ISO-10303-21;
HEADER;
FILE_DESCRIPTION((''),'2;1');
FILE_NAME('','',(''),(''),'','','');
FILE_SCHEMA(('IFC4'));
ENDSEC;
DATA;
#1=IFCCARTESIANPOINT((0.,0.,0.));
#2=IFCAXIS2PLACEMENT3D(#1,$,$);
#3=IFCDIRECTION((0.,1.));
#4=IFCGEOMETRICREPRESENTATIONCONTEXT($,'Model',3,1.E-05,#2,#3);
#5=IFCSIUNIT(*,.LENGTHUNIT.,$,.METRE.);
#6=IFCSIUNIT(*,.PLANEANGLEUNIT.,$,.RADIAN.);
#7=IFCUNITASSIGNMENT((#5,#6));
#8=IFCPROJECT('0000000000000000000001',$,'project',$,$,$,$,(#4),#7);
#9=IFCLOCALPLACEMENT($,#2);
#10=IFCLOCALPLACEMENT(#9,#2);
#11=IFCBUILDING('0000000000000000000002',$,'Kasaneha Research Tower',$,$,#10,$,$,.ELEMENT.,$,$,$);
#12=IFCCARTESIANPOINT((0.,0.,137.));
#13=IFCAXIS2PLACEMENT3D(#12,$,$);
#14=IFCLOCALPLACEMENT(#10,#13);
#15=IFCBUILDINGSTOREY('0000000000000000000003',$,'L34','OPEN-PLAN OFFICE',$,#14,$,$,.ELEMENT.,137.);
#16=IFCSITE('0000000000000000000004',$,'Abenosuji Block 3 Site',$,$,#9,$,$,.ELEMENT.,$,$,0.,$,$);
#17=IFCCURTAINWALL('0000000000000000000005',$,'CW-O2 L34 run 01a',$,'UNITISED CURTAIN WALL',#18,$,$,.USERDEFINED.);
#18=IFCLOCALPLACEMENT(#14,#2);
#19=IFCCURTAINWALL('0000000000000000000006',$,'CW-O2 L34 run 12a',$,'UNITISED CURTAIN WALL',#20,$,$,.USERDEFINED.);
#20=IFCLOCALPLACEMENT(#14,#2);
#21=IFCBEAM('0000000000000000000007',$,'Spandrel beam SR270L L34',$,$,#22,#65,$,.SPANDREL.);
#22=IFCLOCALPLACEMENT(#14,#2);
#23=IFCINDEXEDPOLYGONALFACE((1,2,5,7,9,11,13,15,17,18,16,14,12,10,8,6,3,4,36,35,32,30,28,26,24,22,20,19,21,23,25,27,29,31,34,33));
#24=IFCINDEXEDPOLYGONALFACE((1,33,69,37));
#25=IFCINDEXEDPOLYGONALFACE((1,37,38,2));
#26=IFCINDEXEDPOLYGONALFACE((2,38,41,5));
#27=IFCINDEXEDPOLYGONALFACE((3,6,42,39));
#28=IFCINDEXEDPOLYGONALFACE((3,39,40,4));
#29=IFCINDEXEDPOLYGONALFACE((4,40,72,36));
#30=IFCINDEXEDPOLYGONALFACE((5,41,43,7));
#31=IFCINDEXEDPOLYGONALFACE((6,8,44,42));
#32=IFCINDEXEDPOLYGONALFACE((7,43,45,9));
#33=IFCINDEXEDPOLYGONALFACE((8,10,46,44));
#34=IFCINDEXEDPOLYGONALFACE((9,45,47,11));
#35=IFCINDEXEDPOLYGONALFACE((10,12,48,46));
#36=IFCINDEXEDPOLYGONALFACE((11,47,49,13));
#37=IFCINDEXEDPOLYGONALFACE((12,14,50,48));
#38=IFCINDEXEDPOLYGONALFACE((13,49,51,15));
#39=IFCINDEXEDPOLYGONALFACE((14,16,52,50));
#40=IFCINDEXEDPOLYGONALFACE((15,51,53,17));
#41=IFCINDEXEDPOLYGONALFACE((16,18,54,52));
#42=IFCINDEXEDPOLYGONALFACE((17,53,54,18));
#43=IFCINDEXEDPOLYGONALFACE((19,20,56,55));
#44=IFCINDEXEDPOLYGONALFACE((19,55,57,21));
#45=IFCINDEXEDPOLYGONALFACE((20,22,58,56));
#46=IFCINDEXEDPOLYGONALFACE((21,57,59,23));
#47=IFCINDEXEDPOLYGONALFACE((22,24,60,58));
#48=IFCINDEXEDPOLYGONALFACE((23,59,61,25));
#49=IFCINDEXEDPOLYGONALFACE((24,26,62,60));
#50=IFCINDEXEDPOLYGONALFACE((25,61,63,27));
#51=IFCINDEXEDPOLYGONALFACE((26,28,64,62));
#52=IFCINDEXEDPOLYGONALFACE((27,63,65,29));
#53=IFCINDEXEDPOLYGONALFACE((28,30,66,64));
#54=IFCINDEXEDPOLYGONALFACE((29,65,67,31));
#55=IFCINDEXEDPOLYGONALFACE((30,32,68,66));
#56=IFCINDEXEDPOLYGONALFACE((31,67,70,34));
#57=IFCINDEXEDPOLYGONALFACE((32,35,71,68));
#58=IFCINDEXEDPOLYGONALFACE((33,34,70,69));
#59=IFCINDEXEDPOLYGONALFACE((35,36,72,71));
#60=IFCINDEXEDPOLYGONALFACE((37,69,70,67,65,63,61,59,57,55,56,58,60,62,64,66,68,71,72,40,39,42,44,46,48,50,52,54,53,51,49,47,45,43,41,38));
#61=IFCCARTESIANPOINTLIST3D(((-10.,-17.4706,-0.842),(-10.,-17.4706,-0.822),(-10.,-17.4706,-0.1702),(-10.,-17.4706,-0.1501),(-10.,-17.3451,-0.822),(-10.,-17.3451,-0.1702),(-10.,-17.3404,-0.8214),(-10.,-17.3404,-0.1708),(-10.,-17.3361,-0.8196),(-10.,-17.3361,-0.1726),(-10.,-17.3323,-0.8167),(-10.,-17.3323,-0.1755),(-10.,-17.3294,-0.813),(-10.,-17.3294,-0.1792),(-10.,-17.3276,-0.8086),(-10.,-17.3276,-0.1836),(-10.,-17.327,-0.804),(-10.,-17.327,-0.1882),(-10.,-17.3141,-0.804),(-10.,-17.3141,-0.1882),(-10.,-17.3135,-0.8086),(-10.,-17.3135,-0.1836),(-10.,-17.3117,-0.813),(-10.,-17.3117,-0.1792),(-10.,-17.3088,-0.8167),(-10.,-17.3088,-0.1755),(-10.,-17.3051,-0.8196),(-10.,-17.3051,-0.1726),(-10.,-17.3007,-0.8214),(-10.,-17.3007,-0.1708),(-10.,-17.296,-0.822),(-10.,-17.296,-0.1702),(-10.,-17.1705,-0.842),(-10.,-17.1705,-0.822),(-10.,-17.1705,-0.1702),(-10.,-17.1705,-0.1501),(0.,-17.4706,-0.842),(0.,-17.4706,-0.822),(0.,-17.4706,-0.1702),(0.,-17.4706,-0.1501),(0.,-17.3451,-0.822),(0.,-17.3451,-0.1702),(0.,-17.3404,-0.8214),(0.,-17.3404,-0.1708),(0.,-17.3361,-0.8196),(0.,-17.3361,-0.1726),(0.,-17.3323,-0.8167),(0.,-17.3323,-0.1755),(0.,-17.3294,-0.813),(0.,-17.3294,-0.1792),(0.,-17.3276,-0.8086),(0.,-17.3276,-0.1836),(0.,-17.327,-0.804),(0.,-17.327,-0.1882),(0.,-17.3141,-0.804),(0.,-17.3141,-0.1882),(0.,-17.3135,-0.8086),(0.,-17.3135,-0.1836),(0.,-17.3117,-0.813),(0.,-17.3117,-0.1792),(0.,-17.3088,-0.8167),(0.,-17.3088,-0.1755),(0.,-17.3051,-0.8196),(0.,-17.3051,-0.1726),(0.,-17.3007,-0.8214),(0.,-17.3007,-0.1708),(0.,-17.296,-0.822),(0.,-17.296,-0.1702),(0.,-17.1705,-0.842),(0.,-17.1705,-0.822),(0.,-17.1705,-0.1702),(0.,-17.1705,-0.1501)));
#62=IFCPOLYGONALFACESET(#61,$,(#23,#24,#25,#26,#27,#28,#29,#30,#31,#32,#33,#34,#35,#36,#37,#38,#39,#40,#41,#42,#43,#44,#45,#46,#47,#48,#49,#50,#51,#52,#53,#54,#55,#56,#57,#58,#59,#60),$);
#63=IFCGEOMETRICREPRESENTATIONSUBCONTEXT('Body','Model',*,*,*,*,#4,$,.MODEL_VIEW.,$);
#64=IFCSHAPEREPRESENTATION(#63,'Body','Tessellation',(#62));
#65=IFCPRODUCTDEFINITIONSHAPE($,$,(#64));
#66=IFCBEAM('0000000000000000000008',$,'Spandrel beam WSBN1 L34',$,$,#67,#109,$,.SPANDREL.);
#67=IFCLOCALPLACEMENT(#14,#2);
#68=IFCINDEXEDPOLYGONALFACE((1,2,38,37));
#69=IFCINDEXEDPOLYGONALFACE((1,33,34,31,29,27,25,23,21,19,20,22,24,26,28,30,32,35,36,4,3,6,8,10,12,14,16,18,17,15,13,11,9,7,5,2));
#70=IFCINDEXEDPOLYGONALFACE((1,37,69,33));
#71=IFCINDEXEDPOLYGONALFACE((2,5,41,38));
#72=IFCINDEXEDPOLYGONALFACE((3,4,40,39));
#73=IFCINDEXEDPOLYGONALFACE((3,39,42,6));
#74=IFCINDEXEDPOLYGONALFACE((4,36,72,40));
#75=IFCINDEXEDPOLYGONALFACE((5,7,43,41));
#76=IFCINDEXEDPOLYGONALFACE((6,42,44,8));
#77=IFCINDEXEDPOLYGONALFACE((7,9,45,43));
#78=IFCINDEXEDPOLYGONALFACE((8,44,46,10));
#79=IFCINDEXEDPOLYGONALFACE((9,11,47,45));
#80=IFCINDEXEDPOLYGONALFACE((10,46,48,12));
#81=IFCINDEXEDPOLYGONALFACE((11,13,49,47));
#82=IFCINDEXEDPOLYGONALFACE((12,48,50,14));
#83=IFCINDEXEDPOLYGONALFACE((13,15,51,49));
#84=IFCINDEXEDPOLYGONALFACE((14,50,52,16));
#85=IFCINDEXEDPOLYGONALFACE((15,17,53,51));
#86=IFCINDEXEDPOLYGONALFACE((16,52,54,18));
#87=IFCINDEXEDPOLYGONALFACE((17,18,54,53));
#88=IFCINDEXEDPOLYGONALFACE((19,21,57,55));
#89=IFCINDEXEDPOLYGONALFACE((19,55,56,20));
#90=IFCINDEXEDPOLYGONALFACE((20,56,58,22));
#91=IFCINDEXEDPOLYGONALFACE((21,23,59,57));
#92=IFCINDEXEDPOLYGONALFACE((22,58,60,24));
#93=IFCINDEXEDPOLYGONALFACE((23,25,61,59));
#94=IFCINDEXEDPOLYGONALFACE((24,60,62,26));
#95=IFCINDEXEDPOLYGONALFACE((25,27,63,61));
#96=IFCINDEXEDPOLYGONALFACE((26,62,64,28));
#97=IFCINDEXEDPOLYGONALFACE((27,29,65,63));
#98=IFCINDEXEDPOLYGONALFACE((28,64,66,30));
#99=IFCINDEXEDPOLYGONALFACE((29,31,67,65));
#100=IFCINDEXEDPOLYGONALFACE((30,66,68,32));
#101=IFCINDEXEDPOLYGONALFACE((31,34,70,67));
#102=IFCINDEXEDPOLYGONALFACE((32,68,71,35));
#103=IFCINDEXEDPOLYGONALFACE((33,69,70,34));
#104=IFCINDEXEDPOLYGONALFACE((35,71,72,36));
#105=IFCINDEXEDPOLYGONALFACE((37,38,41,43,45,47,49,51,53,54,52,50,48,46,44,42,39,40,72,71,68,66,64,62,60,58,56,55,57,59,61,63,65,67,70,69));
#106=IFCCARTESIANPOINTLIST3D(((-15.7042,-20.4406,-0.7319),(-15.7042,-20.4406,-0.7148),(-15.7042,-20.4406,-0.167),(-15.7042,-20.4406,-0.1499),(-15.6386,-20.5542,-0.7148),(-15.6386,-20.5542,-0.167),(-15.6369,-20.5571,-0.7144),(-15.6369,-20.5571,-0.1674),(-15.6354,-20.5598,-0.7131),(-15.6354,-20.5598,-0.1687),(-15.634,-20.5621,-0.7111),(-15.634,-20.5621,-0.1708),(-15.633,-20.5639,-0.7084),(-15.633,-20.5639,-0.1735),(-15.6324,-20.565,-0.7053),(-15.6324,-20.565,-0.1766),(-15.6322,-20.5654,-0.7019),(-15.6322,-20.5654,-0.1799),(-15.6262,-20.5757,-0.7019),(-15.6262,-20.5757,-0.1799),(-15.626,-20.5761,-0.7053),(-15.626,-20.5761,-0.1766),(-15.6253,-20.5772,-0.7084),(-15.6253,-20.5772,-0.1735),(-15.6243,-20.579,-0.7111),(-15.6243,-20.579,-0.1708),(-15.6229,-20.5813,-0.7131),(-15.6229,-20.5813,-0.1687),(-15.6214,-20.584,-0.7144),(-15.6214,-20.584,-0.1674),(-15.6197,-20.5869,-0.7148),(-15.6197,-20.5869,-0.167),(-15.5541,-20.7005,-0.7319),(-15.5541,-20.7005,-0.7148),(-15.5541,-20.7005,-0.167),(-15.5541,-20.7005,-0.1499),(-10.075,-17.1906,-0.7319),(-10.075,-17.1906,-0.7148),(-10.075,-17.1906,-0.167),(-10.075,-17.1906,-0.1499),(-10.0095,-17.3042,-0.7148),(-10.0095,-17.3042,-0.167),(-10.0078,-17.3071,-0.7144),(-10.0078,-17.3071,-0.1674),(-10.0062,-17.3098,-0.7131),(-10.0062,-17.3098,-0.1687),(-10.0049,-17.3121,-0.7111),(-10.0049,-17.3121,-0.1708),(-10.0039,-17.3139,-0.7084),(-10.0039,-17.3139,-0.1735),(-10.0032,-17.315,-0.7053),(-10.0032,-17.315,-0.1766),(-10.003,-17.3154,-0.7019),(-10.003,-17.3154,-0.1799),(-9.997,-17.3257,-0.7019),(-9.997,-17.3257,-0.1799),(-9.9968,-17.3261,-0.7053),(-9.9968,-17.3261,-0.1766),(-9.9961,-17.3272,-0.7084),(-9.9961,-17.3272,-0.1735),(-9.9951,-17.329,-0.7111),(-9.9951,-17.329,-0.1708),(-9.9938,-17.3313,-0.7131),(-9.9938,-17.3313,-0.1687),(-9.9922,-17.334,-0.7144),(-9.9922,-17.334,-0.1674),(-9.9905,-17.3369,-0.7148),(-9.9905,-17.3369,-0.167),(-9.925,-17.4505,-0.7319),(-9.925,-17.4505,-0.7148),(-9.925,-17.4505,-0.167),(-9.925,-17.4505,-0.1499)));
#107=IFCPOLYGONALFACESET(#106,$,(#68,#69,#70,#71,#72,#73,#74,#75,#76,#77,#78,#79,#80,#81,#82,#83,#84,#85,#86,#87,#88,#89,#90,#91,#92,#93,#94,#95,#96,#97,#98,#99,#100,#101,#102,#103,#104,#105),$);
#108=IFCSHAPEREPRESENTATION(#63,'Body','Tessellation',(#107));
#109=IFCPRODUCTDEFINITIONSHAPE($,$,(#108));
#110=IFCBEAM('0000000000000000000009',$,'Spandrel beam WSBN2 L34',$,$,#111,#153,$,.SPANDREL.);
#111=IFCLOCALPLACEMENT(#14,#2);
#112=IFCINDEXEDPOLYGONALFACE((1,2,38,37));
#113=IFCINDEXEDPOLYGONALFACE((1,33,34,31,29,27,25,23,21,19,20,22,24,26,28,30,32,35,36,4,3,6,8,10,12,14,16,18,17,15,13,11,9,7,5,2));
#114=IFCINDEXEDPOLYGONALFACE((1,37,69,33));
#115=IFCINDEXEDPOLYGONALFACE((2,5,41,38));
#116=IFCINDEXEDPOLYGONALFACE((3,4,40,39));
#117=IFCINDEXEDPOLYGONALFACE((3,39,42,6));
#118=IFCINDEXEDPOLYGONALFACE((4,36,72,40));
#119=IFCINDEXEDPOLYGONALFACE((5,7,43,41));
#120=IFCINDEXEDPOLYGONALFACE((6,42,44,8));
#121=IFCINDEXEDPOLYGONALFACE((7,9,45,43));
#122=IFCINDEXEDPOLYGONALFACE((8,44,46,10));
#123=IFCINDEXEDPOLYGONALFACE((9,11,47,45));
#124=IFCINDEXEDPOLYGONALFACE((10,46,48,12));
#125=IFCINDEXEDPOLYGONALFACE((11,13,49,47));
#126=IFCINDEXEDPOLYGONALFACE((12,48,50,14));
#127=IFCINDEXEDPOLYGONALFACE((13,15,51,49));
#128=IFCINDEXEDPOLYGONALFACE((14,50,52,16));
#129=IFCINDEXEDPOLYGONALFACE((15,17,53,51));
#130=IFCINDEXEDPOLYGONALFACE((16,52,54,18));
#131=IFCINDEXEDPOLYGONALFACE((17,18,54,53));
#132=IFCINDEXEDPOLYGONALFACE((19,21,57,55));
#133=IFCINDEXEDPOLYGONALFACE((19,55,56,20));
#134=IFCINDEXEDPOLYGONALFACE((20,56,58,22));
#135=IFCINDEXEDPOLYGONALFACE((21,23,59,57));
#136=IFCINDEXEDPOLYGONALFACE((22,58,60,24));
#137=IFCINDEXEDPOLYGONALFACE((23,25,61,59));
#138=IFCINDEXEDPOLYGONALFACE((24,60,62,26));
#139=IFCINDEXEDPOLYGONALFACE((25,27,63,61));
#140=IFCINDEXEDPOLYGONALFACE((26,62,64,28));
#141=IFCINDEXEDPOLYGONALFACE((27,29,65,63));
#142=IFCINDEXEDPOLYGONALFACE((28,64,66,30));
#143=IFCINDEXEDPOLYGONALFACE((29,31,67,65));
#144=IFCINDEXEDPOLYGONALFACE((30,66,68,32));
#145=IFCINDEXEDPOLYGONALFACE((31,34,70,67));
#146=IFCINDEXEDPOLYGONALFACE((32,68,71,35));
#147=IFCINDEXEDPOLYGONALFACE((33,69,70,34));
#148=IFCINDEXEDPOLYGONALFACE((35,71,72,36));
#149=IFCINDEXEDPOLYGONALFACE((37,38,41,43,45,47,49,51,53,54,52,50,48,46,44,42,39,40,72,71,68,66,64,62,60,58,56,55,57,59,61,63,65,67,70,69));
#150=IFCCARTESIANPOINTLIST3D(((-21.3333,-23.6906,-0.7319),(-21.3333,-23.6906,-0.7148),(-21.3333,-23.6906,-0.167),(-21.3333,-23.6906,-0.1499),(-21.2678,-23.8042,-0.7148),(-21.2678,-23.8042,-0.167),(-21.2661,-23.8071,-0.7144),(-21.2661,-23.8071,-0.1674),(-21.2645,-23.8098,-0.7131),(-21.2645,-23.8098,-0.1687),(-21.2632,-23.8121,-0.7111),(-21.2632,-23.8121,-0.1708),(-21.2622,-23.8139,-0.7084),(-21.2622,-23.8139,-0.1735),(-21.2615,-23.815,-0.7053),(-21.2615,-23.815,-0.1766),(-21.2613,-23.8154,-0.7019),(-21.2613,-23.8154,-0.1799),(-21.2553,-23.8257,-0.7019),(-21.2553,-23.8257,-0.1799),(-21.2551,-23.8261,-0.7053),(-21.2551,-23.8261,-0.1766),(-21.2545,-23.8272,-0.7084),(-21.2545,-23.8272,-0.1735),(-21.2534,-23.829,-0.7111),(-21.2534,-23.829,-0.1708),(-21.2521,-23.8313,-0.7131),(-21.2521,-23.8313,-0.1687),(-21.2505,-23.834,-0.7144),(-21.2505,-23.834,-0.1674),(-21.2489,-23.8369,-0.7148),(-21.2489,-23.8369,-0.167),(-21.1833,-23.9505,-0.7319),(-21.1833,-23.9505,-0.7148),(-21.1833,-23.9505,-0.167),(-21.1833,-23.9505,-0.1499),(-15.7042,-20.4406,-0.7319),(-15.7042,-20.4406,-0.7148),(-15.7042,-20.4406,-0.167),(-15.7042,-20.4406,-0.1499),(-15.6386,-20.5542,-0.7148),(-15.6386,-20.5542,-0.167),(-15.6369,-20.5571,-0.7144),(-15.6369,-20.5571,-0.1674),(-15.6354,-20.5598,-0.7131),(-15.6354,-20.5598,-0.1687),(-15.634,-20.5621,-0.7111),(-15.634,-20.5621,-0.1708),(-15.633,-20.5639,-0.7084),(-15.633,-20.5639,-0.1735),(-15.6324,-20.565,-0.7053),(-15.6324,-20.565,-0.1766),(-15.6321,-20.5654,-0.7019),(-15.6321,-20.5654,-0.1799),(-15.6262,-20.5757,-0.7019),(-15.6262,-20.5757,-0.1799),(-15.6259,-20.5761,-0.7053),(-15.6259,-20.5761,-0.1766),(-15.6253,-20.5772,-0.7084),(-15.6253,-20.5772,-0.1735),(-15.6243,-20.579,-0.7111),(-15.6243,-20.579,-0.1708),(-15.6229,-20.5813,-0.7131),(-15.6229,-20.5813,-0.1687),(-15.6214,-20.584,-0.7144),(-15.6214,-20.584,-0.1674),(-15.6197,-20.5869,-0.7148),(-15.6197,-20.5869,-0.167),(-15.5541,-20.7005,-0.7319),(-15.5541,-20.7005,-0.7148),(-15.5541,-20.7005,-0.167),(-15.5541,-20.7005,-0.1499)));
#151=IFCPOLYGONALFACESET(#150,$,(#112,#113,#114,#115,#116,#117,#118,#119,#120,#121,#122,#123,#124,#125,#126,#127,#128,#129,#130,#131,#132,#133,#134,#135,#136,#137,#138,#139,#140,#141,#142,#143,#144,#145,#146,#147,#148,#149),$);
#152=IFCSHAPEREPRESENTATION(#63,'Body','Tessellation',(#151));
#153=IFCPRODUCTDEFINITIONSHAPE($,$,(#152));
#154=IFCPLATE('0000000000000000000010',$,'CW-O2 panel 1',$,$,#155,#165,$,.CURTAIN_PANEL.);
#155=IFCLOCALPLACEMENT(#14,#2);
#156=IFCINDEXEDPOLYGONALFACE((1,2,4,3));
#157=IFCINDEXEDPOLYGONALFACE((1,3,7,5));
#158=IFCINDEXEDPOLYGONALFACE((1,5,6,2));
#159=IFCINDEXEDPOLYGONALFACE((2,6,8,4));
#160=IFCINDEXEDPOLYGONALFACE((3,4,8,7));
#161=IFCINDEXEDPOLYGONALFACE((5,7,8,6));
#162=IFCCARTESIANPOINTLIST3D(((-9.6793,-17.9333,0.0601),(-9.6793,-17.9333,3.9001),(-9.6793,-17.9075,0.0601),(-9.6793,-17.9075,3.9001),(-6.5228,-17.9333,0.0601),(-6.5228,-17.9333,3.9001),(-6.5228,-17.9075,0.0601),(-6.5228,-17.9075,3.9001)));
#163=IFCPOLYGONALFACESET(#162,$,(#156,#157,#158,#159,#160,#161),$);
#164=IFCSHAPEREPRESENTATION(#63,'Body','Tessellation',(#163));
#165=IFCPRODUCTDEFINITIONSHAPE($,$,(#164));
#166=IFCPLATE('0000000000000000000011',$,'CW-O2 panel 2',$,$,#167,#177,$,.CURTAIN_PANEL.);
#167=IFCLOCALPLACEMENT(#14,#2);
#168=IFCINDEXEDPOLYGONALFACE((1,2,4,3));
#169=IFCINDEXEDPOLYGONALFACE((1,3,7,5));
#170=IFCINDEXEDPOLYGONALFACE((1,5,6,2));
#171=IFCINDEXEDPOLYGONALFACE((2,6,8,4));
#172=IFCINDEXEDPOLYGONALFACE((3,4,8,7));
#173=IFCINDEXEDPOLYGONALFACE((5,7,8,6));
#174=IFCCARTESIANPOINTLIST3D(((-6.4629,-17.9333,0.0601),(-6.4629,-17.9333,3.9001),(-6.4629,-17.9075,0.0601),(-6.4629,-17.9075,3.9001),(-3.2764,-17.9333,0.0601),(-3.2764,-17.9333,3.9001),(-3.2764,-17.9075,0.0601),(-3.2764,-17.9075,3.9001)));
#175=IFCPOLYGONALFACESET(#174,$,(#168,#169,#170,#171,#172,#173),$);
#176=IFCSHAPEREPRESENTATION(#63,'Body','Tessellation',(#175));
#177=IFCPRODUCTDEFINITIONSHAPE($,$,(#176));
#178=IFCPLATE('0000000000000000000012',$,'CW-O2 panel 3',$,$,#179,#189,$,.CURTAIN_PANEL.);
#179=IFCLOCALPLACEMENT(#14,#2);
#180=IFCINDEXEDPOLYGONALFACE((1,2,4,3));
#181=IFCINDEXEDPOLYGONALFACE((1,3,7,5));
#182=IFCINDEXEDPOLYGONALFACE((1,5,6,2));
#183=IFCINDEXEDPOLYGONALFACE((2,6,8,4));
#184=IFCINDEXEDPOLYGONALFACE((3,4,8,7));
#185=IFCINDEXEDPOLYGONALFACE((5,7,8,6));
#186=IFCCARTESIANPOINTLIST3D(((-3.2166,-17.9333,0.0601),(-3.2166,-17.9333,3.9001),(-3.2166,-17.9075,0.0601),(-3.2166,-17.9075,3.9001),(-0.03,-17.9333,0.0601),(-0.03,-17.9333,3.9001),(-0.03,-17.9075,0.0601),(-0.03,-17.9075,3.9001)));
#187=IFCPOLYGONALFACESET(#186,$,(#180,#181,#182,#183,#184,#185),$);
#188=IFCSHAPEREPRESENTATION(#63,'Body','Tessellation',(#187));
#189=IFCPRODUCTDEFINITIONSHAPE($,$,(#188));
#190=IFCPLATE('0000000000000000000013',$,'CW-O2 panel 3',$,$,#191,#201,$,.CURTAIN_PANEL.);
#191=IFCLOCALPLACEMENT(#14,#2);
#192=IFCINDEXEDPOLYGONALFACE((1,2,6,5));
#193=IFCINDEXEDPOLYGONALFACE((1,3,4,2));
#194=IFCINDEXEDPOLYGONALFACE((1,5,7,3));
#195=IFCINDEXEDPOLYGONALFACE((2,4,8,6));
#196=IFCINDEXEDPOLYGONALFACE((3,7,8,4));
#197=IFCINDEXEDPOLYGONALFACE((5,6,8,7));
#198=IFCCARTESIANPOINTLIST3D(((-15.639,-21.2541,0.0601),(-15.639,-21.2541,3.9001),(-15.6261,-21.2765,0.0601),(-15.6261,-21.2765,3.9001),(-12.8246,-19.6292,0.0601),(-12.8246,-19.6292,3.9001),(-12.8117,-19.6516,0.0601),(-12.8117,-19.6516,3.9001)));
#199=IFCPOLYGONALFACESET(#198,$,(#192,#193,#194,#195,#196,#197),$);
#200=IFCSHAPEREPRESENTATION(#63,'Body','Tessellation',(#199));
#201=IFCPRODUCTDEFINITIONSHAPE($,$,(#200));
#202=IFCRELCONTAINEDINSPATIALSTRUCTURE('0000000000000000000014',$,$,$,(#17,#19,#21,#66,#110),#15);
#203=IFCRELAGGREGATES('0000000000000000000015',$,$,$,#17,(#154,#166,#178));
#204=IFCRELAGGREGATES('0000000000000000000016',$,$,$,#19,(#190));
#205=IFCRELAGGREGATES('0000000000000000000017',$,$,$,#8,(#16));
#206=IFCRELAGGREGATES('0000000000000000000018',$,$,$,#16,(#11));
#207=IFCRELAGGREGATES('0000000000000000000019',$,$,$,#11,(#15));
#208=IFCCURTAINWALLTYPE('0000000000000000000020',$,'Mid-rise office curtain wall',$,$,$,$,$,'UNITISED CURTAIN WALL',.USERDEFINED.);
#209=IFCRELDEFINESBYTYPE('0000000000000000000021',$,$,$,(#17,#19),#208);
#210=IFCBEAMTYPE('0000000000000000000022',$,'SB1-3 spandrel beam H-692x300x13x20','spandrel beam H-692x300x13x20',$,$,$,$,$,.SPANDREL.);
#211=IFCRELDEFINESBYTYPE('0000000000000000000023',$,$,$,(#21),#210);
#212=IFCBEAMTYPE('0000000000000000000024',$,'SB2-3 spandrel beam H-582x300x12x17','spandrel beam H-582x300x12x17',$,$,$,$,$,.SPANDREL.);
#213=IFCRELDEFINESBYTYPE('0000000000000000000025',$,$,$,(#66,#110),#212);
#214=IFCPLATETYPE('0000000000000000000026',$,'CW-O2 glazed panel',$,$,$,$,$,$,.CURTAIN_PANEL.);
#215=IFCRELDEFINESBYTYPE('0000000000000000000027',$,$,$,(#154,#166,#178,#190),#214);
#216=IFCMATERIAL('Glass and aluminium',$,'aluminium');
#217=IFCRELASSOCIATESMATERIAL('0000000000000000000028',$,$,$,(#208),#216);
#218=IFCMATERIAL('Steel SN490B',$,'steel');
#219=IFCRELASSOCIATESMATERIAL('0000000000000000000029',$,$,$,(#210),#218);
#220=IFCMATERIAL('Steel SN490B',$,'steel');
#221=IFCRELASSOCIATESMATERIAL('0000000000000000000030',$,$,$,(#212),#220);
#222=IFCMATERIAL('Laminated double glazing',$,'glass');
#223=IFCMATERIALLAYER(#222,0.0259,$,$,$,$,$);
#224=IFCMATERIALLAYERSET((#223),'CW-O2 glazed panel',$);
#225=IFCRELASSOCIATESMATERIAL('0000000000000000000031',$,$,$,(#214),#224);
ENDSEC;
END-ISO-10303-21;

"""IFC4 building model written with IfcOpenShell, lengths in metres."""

from ifc_helpers import new_model, si_unit, direction, frame, origin, origin_2d, place, context, subcontext, project, spatial, rectangle, i_section, extrude, material, layer, layer_set, material_profile, profile_set, type_object, element, aggregate, save


model = new_model("IFC4")

# Units and contexts
model_context = context("Model", 3, precision=1e-05, world=origin(), true_north=direction((0.0, 1.0)))
body_context = subcontext(model_context, "Body", "Model", "MODEL_VIEW")
ifc_project = project(units=[si_unit("LENGTHUNIT", "METRE"), si_unit("PLANEANGLEUNIT", "RADIAN")], contexts=[model_context])

# Site, building, storey
site_placement = place(None, origin())
site = spatial("IfcSite", under=ifc_project, at=site_placement, Name="Abenosuji Block 3 Site", CompositionType="ELEMENT", RefElevation=0.0)
building_placement = place(site_placement, origin())
building = spatial("IfcBuilding", under=site, at=building_placement, Name="Kasaneha Research Tower", CompositionType="ELEMENT")
storey_placement = place(building_placement, frame((0.0, 0.0, 137.0)))
storey = spatial("IfcBuildingStorey", under=building, at=storey_placement, Name="L34", Description="OPEN-PLAN OFFICE", CompositionType="ELEMENT", Elevation=137.0)

# Curtain walls
ifc_material_1 = material(Name="Glass and aluminium", Category="aluminium")
curtain_wall_type = type_object("IfcCurtainWallType", Name="Mid-rise office curtain wall", ElementType="UNITISED CURTAIN WALL", PredefinedType="USERDEFINED", material=ifc_material_1)
curtain_wall_1_placement = place(storey_placement, origin())
curtain_wall_1 = element("IfcCurtainWall", 1, at=curtain_wall_1_placement, inside=storey, type_object=curtain_wall_type, Name="CW-O2 L34 run 01a", ObjectType="UNITISED CURTAIN WALL", PredefinedType="USERDEFINED")
curtain_wall_2_placement = place(storey_placement, origin())
curtain_wall_2 = element("IfcCurtainWall", 2, at=curtain_wall_2_placement, inside=storey, type_object=curtain_wall_type, Name="CW-O2 L34 run 12a", ObjectType="UNITISED CURTAIN WALL", PredefinedType="USERDEFINED")

# Beams
ifc_material_2 = material(Name="Steel SN490B", Category="steel")
ifc_material_profile_1 = material_profile(ifc_material_2, i_section(OverallWidth=0.3, OverallDepth=0.6919, WebThickness=0.0129, FlangeThickness=0.02, FilletRadius=0.0181, at=origin_2d()), Name="H-692x300x13x20")
ifc_profile_set_1 = profile_set([ifc_material_profile_1], Name="Steel SN490B")
beam_type_1 = type_object("IfcBeamType", Name="SB1-3 spandrel beam H-692x300x13x20", Description="spandrel beam H-692x300x13x20", PredefinedType="SPANDREL", material=ifc_profile_set_1)
beam_1_placement = place(storey_placement, frame((-10.0, -17.3206, -0.4961), z_axis=(1.0, 0.0, 0.0), x_axis=(0.0, 1.0, 0.0)))
element("IfcBeam", 3, at=beam_1_placement, inside=storey, type_object=beam_type_1, Name="Spandrel beam SR270L L34", PredefinedType="SPANDREL", context=body_context, shape_type="SweptSolid", body=[
    extrude(i_section(OverallWidth=0.3, OverallDepth=0.6919, WebThickness=0.0129, FlangeThickness=0.02, FilletRadius=0.0181, at=origin_2d()), origin(), (0.0, 0.0, 1.0), 10.0),
])
ifc_material_3 = material(Name="Steel SN490B", Category="steel")
ifc_material_profile_2 = material_profile(ifc_material_3, i_section(OverallWidth=0.3, OverallDepth=0.582, WebThickness=0.012, FlangeThickness=0.0171, FilletRadius=0.0129, at=origin_2d()), Name="H-582x300x12x17")
ifc_profile_set_2 = profile_set([ifc_material_profile_2], Name="Steel SN490B")
beam_type_2 = type_object("IfcBeamType", Name="SB2-3 spandrel beam H-582x300x12x17", Description="spandrel beam H-582x300x12x17", PredefinedType="SPANDREL", material=ifc_profile_set_2)
for number, where, z_axis, x_axis, name in (
    (4, (-10.0, -17.3206, -0.4409), (-0.866025, -0.500001, 0.0), (0.500001, -0.866025, 0.0), "Spandrel beam WSBN1 L34"),
    (5, (-15.6292, -20.5706, -0.4409), (-0.866025, -0.500001, 0.0), (0.500001, -0.866025, 0.0), "Spandrel beam WSBN2 L34"),
):
    element("IfcBeam", number, at=place(storey_placement, frame(where, z_axis=z_axis, x_axis=x_axis)), inside=storey, type_object=beam_type_2, Name=name, PredefinedType="SPANDREL", context=body_context, shape_type="SweptSolid", body=[
        extrude(i_section(OverallWidth=0.3, OverallDepth=0.582, WebThickness=0.012, FlangeThickness=0.0171, FilletRadius=0.0129, at=origin_2d()), origin(), (0.0, 0.0, 1.0), 6.5),
    ])

# Plates
ifc_material_4 = material(Name="Laminated double glazing", Category="glass")
ifc_layer_1 = layer(ifc_material_4, 0.0259)
ifc_layer_set_1 = layer_set([ifc_layer_1], Name="CW-O2 glazed panel")
plate_type = type_object("IfcPlateType", Name="CW-O2 glazed panel", PredefinedType="CURTAIN_PANEL", material=ifc_layer_set_1)
plate_1_placement = place(storey_placement, frame((-8.1011, -17.9204, 0.0601), z_axis=(0.0, 0.0, 1.0), x_axis=(1.0, 0.0, 0.0)))
plate_1 = element("IfcPlate", 6, at=plate_1_placement, type_object=plate_type, Name="CW-O2 panel 1", PredefinedType="CURTAIN_PANEL", context=body_context, shape_type="SweptSolid", body=[
    extrude(rectangle(XDim=3.1565, YDim=0.0259, at=origin_2d()), origin(), (0.0, 0.0, 1.0), 3.8401),
])
plate_2_placement = place(storey_placement, frame((-4.8696, -17.9204, 0.0601), z_axis=(0.0, 0.0, 1.0), x_axis=(1.0, 0.0, 0.0)))
plate_2 = element("IfcPlate", 7, at=plate_2_placement, type_object=plate_type, Name="CW-O2 panel 2", PredefinedType="CURTAIN_PANEL", context=body_context, shape_type="SweptSolid", body=[
    extrude(rectangle(XDim=3.1865, YDim=0.0259, at=origin_2d()), origin(), (0.0, 0.0, 1.0), 3.8401),
])
plate_3_placement = place(storey_placement, frame((-1.6233, -17.9204, 0.0601), z_axis=(0.0, 0.0, 1.0), x_axis=(1.0, 0.0, 0.0)))
plate_3 = element("IfcPlate", 8, at=plate_3_placement, type_object=plate_type, Name="CW-O2 panel 3", PredefinedType="CURTAIN_PANEL", context=body_context, shape_type="SweptSolid", body=[
    extrude(rectangle(XDim=3.1865, YDim=0.0259, at=origin_2d()), origin(), (0.0, 0.0, 1.0), 3.8401),
])
aggregate(curtain_wall_1, [plate_1, plate_2, plate_3])
plate_4_placement = place(storey_placement, frame((-14.2253, -20.4529, 0.0601), z_axis=(0.0, 0.0, 1.0), x_axis=(0.866025, 0.5, 0.0)))
plate_4 = element("IfcPlate", 9, at=plate_4_placement, type_object=plate_type, Name="CW-O2 panel 3", PredefinedType="CURTAIN_PANEL", context=body_context, shape_type="SweptSolid", body=[
    extrude(rectangle(XDim=3.2498, YDim=0.0259, at=origin_2d()), origin(), (0.0, 0.0, 1.0), 3.8401),
])
aggregate(curtain_wall_2, [plate_4])

save(model, "model.ifc")
